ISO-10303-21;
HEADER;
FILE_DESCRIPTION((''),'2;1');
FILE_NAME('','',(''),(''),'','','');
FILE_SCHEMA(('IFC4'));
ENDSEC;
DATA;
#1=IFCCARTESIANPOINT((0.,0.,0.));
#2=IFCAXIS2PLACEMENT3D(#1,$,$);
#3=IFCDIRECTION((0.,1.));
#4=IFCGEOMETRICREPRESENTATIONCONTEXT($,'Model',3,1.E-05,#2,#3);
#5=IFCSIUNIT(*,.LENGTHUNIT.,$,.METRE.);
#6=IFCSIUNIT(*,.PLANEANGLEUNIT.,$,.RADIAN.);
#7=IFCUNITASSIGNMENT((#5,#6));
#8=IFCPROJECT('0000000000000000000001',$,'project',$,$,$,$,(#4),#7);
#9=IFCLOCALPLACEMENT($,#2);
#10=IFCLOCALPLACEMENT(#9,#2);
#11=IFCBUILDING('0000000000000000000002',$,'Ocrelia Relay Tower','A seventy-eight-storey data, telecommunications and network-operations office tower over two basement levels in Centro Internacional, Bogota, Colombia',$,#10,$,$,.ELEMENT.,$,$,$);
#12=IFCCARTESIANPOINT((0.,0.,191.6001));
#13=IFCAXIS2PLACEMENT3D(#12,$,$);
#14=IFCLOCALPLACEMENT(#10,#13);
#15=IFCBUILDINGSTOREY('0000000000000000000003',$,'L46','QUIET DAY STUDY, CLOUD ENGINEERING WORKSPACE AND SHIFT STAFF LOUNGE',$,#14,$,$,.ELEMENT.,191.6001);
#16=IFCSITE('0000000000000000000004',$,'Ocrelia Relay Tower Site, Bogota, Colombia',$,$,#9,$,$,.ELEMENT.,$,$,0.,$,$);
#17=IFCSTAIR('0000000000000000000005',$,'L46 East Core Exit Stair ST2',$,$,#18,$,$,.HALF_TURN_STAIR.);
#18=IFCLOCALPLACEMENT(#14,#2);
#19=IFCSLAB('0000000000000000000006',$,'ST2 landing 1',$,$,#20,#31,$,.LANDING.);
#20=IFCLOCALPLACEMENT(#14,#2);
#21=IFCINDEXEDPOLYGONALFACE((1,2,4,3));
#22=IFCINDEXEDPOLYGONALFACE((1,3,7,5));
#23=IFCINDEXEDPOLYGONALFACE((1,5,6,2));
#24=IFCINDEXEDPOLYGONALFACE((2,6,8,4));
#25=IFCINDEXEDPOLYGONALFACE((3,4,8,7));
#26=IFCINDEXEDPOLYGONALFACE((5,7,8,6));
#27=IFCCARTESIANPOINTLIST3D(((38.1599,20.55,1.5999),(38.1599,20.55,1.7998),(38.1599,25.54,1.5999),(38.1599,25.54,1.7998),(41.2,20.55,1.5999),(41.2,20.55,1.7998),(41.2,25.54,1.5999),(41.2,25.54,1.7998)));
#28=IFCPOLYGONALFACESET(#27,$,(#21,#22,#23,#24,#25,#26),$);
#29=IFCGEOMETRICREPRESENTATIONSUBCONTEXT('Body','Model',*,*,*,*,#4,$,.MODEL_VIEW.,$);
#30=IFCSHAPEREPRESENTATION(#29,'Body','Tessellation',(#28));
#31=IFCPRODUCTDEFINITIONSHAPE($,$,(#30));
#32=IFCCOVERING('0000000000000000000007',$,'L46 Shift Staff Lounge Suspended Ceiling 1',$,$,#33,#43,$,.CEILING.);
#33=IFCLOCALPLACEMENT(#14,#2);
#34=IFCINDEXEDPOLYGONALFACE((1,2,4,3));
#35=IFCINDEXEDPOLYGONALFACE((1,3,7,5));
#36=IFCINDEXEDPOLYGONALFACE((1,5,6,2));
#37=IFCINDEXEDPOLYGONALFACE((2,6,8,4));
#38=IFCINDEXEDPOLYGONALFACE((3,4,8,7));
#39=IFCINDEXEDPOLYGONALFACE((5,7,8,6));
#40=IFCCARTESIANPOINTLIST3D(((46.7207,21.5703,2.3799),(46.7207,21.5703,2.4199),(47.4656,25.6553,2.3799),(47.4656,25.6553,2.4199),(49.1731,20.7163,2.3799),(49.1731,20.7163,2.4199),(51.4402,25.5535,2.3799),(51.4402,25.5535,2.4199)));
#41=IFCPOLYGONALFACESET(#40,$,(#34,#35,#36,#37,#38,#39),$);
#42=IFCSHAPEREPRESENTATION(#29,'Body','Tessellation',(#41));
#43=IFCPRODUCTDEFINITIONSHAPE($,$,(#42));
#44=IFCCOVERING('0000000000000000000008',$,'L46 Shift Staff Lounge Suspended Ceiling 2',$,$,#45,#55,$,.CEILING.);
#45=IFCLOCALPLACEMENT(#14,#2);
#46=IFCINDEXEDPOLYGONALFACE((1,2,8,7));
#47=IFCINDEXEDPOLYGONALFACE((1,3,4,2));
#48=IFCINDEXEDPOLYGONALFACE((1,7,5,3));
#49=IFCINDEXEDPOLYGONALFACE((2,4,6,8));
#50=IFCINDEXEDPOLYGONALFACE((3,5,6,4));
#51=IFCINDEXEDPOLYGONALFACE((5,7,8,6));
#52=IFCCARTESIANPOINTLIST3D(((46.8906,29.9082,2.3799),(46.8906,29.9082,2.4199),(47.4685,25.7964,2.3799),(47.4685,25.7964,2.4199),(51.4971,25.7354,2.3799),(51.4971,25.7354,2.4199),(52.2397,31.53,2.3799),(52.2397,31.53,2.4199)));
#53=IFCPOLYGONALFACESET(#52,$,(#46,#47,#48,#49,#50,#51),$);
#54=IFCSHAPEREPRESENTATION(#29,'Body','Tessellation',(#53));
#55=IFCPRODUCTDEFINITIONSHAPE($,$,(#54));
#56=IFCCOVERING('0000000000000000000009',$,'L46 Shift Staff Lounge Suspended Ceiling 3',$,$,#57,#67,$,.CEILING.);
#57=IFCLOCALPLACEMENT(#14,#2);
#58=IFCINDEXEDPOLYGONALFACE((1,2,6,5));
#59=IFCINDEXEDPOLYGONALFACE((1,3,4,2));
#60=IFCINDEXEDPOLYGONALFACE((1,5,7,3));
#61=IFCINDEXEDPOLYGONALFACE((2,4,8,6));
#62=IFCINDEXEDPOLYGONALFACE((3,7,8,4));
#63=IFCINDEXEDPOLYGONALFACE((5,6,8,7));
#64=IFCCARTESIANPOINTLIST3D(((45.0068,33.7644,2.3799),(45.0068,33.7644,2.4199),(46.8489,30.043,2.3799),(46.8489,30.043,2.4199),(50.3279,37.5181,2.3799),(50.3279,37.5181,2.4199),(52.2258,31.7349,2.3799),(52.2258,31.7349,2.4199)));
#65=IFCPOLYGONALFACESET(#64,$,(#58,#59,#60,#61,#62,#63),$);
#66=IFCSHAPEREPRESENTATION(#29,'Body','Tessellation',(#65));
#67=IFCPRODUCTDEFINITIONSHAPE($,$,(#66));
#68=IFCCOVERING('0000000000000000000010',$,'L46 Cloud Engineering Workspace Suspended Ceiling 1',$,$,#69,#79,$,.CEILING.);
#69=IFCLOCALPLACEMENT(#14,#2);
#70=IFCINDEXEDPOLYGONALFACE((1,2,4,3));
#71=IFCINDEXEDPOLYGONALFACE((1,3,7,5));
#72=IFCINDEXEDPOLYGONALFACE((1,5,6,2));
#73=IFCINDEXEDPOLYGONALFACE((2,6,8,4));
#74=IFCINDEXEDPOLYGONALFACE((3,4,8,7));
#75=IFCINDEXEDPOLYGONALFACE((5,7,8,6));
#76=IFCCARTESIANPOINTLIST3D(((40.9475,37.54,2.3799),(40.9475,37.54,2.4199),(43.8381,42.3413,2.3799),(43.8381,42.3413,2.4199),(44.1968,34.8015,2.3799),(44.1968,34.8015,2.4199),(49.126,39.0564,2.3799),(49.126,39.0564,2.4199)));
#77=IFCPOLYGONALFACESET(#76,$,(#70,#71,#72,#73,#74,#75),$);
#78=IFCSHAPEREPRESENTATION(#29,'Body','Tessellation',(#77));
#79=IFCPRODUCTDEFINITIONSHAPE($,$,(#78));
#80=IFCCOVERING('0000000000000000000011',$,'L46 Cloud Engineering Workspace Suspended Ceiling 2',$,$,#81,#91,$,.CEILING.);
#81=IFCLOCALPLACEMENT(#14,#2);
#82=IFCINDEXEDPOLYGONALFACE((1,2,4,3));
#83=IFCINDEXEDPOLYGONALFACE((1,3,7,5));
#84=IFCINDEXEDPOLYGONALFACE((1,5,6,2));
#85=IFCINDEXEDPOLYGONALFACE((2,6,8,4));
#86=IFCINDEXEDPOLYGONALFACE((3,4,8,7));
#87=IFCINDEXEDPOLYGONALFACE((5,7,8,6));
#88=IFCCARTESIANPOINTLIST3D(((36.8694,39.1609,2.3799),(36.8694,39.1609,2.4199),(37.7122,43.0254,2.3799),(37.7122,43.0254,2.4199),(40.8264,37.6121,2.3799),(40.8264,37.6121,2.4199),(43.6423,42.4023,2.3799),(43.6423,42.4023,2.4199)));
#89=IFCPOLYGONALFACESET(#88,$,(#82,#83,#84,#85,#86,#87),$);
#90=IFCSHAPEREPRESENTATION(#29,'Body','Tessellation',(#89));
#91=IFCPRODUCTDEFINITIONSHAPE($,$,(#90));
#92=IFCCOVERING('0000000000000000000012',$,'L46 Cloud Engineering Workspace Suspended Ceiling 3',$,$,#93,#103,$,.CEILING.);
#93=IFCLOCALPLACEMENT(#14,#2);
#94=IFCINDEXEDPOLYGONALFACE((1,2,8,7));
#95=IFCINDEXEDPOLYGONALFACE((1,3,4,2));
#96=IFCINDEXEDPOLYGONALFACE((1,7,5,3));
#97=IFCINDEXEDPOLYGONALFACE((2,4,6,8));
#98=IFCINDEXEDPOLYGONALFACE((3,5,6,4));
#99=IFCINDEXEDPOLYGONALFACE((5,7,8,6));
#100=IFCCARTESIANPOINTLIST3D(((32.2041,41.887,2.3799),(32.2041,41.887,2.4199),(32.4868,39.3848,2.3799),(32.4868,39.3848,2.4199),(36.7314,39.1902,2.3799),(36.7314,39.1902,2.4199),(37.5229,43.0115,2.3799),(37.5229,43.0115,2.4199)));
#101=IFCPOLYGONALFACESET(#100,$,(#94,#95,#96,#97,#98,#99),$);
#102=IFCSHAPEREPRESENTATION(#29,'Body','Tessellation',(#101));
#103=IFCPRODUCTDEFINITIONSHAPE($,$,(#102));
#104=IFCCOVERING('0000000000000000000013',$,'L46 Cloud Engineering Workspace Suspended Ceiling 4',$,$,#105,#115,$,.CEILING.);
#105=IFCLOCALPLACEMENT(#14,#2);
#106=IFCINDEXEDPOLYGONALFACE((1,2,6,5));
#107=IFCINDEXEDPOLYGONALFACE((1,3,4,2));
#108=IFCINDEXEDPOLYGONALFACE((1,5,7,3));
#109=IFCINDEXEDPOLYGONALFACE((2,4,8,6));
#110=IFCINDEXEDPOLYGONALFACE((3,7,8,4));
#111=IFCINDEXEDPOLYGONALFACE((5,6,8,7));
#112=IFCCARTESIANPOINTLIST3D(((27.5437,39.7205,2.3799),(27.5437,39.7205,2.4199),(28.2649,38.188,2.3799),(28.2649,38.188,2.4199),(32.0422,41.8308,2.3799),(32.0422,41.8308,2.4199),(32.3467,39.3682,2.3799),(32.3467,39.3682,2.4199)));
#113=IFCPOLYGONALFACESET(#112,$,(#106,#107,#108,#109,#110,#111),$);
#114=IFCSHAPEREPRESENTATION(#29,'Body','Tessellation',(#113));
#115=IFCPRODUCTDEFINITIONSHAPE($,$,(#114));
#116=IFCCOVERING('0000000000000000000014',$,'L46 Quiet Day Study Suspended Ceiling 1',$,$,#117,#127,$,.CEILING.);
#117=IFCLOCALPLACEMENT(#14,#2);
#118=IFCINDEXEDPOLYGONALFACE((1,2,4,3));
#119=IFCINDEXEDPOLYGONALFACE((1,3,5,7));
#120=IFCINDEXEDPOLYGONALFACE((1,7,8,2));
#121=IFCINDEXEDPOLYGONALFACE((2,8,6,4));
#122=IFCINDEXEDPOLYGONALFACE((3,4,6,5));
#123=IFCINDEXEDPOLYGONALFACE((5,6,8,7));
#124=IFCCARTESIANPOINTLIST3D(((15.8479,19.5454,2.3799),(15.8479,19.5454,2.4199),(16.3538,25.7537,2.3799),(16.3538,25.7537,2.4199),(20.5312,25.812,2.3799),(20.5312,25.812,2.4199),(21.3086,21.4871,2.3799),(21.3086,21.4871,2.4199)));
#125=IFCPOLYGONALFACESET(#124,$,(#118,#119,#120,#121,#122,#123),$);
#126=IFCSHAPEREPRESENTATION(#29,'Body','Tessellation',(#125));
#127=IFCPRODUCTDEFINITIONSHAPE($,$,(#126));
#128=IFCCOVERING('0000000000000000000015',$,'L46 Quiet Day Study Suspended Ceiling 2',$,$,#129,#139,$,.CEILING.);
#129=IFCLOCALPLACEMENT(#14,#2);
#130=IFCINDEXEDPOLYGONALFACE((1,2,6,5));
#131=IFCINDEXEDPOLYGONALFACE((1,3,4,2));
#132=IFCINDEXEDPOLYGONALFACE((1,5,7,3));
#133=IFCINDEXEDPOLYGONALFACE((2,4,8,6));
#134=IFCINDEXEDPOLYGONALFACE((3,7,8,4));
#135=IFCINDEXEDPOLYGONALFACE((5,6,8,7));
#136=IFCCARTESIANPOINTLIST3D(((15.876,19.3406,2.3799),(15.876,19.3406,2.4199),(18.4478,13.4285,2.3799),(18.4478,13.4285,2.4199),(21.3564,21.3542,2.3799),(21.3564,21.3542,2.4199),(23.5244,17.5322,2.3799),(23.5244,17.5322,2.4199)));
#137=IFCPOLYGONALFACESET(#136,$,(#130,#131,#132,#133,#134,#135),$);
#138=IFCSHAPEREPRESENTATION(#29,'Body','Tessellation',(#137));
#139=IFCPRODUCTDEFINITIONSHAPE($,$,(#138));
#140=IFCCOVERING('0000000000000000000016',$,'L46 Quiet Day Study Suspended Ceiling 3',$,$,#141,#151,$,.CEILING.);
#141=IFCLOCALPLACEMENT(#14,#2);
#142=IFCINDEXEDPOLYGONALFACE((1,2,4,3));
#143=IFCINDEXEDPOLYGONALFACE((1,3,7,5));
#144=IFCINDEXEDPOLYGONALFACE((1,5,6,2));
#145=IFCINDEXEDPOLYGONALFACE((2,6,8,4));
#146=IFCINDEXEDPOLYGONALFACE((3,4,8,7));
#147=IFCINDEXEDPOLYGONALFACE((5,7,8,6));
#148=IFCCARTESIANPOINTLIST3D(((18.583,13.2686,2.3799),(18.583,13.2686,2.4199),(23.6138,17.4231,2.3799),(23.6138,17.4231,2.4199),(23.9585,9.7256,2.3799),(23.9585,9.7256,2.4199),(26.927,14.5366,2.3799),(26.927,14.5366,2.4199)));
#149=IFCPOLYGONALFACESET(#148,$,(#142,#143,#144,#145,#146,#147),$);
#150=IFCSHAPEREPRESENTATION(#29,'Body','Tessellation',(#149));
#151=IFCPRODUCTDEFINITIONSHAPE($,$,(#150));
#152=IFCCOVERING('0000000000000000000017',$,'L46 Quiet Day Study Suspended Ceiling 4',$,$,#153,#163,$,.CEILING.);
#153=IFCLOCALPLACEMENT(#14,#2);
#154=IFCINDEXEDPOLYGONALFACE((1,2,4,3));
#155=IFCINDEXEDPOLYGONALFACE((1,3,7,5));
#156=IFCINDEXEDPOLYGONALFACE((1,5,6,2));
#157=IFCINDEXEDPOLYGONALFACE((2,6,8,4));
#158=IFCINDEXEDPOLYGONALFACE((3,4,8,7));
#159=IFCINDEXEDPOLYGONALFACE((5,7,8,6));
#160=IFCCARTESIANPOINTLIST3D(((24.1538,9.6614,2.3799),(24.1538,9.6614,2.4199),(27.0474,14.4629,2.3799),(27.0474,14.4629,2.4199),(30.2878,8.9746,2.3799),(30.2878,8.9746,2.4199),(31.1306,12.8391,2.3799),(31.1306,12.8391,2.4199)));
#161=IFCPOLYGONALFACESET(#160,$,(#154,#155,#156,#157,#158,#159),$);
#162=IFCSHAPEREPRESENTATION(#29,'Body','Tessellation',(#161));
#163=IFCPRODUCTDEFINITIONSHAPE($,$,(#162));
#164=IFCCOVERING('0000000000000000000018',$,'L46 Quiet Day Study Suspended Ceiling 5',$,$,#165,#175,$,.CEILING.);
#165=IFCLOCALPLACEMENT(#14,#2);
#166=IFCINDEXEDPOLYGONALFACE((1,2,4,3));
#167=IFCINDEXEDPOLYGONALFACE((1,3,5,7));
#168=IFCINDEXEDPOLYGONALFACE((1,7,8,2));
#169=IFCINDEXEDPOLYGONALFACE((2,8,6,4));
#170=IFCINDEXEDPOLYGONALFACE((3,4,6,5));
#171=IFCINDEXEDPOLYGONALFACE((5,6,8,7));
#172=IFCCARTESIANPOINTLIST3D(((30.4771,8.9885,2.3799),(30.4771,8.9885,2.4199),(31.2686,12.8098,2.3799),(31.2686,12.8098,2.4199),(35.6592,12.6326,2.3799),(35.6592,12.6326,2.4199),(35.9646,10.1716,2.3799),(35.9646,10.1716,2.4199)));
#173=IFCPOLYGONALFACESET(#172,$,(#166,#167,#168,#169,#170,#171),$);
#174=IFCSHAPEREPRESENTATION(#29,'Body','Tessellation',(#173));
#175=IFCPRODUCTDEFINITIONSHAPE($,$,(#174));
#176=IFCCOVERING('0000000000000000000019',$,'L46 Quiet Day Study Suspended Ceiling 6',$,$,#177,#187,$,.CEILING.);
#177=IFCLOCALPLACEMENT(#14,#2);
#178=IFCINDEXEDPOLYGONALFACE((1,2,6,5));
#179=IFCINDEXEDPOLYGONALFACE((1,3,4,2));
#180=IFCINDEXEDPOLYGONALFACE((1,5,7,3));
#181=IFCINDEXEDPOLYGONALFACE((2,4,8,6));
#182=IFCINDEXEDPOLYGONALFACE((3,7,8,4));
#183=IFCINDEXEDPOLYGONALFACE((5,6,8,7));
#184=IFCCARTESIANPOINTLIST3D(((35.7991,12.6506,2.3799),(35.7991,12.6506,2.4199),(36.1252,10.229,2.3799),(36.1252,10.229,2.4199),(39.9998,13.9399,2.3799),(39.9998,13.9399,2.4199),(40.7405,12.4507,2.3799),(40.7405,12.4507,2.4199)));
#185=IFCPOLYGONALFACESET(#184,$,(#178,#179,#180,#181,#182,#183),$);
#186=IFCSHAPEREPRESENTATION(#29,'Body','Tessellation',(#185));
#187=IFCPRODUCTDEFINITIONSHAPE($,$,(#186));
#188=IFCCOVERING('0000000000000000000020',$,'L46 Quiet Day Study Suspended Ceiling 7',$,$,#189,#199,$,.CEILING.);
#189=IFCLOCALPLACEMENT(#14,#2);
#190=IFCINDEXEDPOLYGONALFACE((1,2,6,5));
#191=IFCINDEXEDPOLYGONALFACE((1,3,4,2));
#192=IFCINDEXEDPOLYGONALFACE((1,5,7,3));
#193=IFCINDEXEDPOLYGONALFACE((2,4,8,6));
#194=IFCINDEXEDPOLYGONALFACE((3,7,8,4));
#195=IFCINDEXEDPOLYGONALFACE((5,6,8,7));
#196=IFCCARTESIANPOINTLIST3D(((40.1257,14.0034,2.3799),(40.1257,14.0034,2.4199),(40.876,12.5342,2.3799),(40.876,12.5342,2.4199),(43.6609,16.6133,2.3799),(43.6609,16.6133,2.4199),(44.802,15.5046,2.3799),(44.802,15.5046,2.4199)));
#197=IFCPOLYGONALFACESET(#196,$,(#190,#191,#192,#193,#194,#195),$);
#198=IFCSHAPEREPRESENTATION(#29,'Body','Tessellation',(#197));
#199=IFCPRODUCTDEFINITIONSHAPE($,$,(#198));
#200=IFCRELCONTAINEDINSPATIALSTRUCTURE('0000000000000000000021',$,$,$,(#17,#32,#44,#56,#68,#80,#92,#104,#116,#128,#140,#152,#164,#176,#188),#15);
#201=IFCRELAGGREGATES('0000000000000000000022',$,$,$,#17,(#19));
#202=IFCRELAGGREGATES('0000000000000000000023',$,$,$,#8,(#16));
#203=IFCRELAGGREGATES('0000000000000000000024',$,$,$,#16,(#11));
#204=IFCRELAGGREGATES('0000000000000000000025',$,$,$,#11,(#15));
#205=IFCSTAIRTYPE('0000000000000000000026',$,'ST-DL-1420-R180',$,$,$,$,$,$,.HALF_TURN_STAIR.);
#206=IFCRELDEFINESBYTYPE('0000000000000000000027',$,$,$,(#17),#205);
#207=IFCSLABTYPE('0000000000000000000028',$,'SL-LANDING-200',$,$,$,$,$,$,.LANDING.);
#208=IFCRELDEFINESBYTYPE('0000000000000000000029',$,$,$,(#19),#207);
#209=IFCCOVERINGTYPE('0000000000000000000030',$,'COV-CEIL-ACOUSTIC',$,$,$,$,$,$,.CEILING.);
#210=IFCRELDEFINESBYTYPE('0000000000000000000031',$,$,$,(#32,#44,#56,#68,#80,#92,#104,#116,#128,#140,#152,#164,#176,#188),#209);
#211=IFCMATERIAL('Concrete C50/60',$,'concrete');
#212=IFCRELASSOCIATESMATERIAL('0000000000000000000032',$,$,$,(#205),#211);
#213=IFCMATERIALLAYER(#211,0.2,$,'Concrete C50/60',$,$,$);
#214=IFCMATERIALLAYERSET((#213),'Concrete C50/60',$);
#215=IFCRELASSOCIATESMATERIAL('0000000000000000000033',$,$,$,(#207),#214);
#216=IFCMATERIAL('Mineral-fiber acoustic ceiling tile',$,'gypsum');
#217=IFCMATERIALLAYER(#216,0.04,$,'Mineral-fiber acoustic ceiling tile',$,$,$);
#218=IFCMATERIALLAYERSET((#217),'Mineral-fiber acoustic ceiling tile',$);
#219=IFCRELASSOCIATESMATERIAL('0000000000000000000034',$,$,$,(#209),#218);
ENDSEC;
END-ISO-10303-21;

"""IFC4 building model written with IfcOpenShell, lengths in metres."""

from ifc_helpers import new_model, si_unit, direction, frame, origin, place, context, subcontext, project, spatial, polyline, outline, extrude, material, layer, layer_set, type_object, element, aggregate, save


model = new_model("IFC4")

# Units and contexts
model_context = context("Model", 3, precision=1e-05, world=origin(), true_north=direction((0.0, 1.0)))
body_context = subcontext(model_context, "Body", "Model", "MODEL_VIEW")
ifc_project = project(units=[si_unit("LENGTHUNIT", "METRE"), si_unit("PLANEANGLEUNIT", "RADIAN")], contexts=[model_context])

# Site, building, storey
site_placement = place(None, origin())
site = spatial("IfcSite", under=ifc_project, at=site_placement, Name="Ocrelia Relay Tower Site, Bogota, Colombia", CompositionType="ELEMENT", RefElevation=0.0)
building_placement = place(site_placement, origin())
building = spatial("IfcBuilding", under=site, at=building_placement, Name="Ocrelia Relay Tower", Description="A seventy-eight-storey data, telecommunications and network-operations office tower over two basement levels in Centro Internacional, Bogota, Colombia", CompositionType="ELEMENT")
storey_placement = place(building_placement, frame((0.0, 0.0, 191.6001)))
storey = spatial("IfcBuildingStorey", under=building, at=storey_placement, Name="L46", Description="QUIET DAY STUDY, CLOUD ENGINEERING WORKSPACE AND SHIFT STAFF LOUNGE", CompositionType="ELEMENT", Elevation=191.6001)

# Shared definitions
ifc_material_1 = material(Name="Concrete C50/60", Category="concrete")

# Stair, slab
stair_type = type_object("IfcStairType", Name="ST-DL-1420-R180", PredefinedType="HALF_TURN_STAIR", material=ifc_material_1)
ifc_layer_1 = layer(ifc_material_1, 0.2, Name="Concrete C50/60")
ifc_layer_set_1 = layer_set([ifc_layer_1], Name="Concrete C50/60")
slab_type_1 = type_object("IfcSlabType", Name="SL-LANDING-200", PredefinedType="LANDING", material=ifc_layer_set_1)
stair_1_placement = place(storey_placement, origin())
stair_1 = element("IfcStair", 1, at=stair_1_placement, inside=storey, type_object=stair_type, Name="L46 East Core Exit Stair ST2", PredefinedType="HALF_TURN_STAIR")
slab_1_placement = place(storey_placement, frame((0.0, 0.0, 1.5999)))
slab_1 = element("IfcSlab", 2, at=slab_1_placement, type_object=slab_type_1, Name="ST2 landing 1", PredefinedType="LANDING", context=body_context, shape_type="SweptSolid", body=[
    extrude(outline(polyline([(38.1599, 25.54), (38.1599, 20.55), (41.2, 20.55), (41.2, 25.54), (38.1599, 25.54)])), origin(), (0.0, 0.0, 1.0), 0.2),
])
aggregate(stair_1, [slab_1])

# Coverings
ifc_material_2 = material(Name="Mineral-fiber acoustic ceiling tile", Category="gypsum")
ifc_layer_2 = layer(ifc_material_2, 0.04, Name="Mineral-fiber acoustic ceiling tile")
ifc_layer_set_2 = layer_set([ifc_layer_2], Name="Mineral-fiber acoustic ceiling tile")
covering_type = type_object("IfcCoveringType", Name="COV-CEIL-ACOUSTIC", PredefinedType="CEILING", material=ifc_layer_set_2)
covering_1_placement = place(storey_placement, frame((0.0, 0.0, 2.3799)))
element("IfcCovering", 3, at=covering_1_placement, inside=storey, type_object=covering_type, Name="L46 Shift Staff Lounge Suspended Ceiling 1", PredefinedType="CEILING", context=body_context, shape_type="SweptSolid", body=[
    extrude(outline(polyline([(46.7207, 21.5703), (49.1731, 20.7163), (51.4402, 25.5535), (47.4656, 25.6553), (46.7207, 21.5703)])), origin(), (0.0, 0.0, 1.0), 0.04),
])
covering_2_placement = place(storey_placement, frame((0.0, 0.0, 2.3799)))
element("IfcCovering", 4, at=covering_2_placement, inside=storey, type_object=covering_type, Name="L46 Shift Staff Lounge Suspended Ceiling 2", PredefinedType="CEILING", context=body_context, shape_type="SweptSolid", body=[
    extrude(outline(polyline([(47.4685, 25.7964), (51.4971, 25.7354), (52.2397, 31.53), (46.8906, 29.9082), (47.4685, 25.7964)])), origin(), (0.0, 0.0, 1.0), 0.04),
])
covering_3_placement = place(storey_placement, frame((0.0, 0.0, 2.3799)))
element("IfcCovering", 5, at=covering_3_placement, inside=storey, type_object=covering_type, Name="L46 Shift Staff Lounge Suspended Ceiling 3", PredefinedType="CEILING", context=body_context, shape_type="SweptSolid", body=[
    extrude(outline(polyline([(46.8489, 30.043), (52.2258, 31.7349), (50.3279, 37.5181), (45.0068, 33.7644), (46.8489, 30.043)])), origin(), (0.0, 0.0, 1.0), 0.04),
])
covering_4_placement = place(storey_placement, frame((0.0, 0.0, 2.3799)))
element("IfcCovering", 6, at=covering_4_placement, inside=storey, type_object=covering_type, Name="L46 Cloud Engineering Workspace Suspended Ceiling 1", PredefinedType="CEILING", context=body_context, shape_type="SweptSolid", body=[
    extrude(outline(polyline([(44.1968, 34.8015), (49.126, 39.0564), (43.8381, 42.3413), (40.9475, 37.54), (44.1968, 34.8015)])), origin(), (0.0, 0.0, 1.0), 0.04),
])
covering_5_placement = place(storey_placement, frame((0.0, 0.0, 2.3799)))
element("IfcCovering", 7, at=covering_5_placement, inside=storey, type_object=covering_type, Name="L46 Cloud Engineering Workspace Suspended Ceiling 2", PredefinedType="CEILING", context=body_context, shape_type="SweptSolid", body=[
    extrude(outline(polyline([(40.8264, 37.6121), (43.6423, 42.4023), (37.7122, 43.0254), (36.8694, 39.1609), (40.8264, 37.6121)])), origin(), (0.0, 0.0, 1.0), 0.04),
])
covering_6_placement = place(storey_placement, frame((0.0, 0.0, 2.3799)))
element("IfcCovering", 8, at=covering_6_placement, inside=storey, type_object=covering_type, Name="L46 Cloud Engineering Workspace Suspended Ceiling 3", PredefinedType="CEILING", context=body_context, shape_type="SweptSolid", body=[
    extrude(outline(polyline([(36.7314, 39.1902), (37.5229, 43.0115), (32.2041, 41.887), (32.4868, 39.3848), (36.7314, 39.1902)])), origin(), (0.0, 0.0, 1.0), 0.04),
])
covering_7_placement = place(storey_placement, frame((0.0, 0.0, 2.3799)))
element("IfcCovering", 9, at=covering_7_placement, inside=storey, type_object=covering_type, Name="L46 Cloud Engineering Workspace Suspended Ceiling 4", PredefinedType="CEILING", context=body_context, shape_type="SweptSolid", body=[
    extrude(outline(polyline([(32.3467, 39.3682), (32.0422, 41.8308), (27.5437, 39.7205), (28.2649, 38.188), (32.3467, 39.3682)])), origin(), (0.0, 0.0, 1.0), 0.04),
])
covering_8_placement = place(storey_placement, frame((0.0, 0.0, 2.3799)))
element("IfcCovering", 10, at=covering_8_placement, inside=storey, type_object=covering_type, Name="L46 Quiet Day Study Suspended Ceiling 1", PredefinedType="CEILING", context=body_context, shape_type="SweptSolid", body=[
    extrude(outline(polyline([(20.5312, 25.812), (16.3538, 25.7537), (15.8479, 19.5454), (21.3086, 21.4871), (20.5312, 25.812)])), origin(), (0.0, 0.0, 1.0), 0.04),
])
covering_9_placement = place(storey_placement, frame((0.0, 0.0, 2.3799)))
element("IfcCovering", 11, at=covering_9_placement, inside=storey, type_object=covering_type, Name="L46 Quiet Day Study Suspended Ceiling 2", PredefinedType="CEILING", context=body_context, shape_type="SweptSolid", body=[
    extrude(outline(polyline([(21.3564, 21.3542), (15.876, 19.3406), (18.4478, 13.4285), (23.5244, 17.5322), (21.3564, 21.3542)])), origin(), (0.0, 0.0, 1.0), 0.04),
])
covering_10_placement = place(storey_placement, frame((0.0, 0.0, 2.3799)))
element("IfcCovering", 12, at=covering_10_placement, inside=storey, type_object=covering_type, Name="L46 Quiet Day Study Suspended Ceiling 3", PredefinedType="CEILING", context=body_context, shape_type="SweptSolid", body=[
    extrude(outline(polyline([(23.6138, 17.4231), (18.583, 13.2686), (23.9585, 9.7256), (26.927, 14.5366), (23.6138, 17.4231)])), origin(), (0.0, 0.0, 1.0), 0.04),
])
covering_11_placement = place(storey_placement, frame((0.0, 0.0, 2.3799)))
element("IfcCovering", 13, at=covering_11_placement, inside=storey, type_object=covering_type, Name="L46 Quiet Day Study Suspended Ceiling 4", PredefinedType="CEILING", context=body_context, shape_type="SweptSolid", body=[
    extrude(outline(polyline([(27.0474, 14.4629), (24.1538, 9.6614), (30.2878, 8.9746), (31.1306, 12.8391), (27.0474, 14.4629)])), origin(), (0.0, 0.0, 1.0), 0.04),
])
covering_12_placement = place(storey_placement, frame((0.0, 0.0, 2.3799)))
element("IfcCovering", 14, at=covering_12_placement, inside=storey, type_object=covering_type, Name="L46 Quiet Day Study Suspended Ceiling 5", PredefinedType="CEILING", context=body_context, shape_type="SweptSolid", body=[
    extrude(outline(polyline([(31.2686, 12.8098), (30.4771, 8.9885), (35.9646, 10.1716), (35.6592, 12.6326), (31.2686, 12.8098)])), origin(), (0.0, 0.0, 1.0), 0.04),
])
covering_13_placement = place(storey_placement, frame((0.0, 0.0, 2.3799)))
element("IfcCovering", 15, at=covering_13_placement, inside=storey, type_object=covering_type, Name="L46 Quiet Day Study Suspended Ceiling 6", PredefinedType="CEILING", context=body_context, shape_type="SweptSolid", body=[
    extrude(outline(polyline([(35.7991, 12.6506), (36.1252, 10.229), (40.7405, 12.4507), (39.9998, 13.9399), (35.7991, 12.6506)])), origin(), (0.0, 0.0, 1.0), 0.04),
])
covering_14_placement = place(storey_placement, frame((0.0, 0.0, 2.3799)))
element("IfcCovering", 16, at=covering_14_placement, inside=storey, type_object=covering_type, Name="L46 Quiet Day Study Suspended Ceiling 7", PredefinedType="CEILING", context=body_context, shape_type="SweptSolid", body=[
    extrude(outline(polyline([(40.1257, 14.0034), (40.876, 12.5342), (44.802, 15.5046), (43.6609, 16.6133), (40.1257, 14.0034)])), origin(), (0.0, 0.0, 1.0), 0.04),
])

save(model, "model.ifc")
